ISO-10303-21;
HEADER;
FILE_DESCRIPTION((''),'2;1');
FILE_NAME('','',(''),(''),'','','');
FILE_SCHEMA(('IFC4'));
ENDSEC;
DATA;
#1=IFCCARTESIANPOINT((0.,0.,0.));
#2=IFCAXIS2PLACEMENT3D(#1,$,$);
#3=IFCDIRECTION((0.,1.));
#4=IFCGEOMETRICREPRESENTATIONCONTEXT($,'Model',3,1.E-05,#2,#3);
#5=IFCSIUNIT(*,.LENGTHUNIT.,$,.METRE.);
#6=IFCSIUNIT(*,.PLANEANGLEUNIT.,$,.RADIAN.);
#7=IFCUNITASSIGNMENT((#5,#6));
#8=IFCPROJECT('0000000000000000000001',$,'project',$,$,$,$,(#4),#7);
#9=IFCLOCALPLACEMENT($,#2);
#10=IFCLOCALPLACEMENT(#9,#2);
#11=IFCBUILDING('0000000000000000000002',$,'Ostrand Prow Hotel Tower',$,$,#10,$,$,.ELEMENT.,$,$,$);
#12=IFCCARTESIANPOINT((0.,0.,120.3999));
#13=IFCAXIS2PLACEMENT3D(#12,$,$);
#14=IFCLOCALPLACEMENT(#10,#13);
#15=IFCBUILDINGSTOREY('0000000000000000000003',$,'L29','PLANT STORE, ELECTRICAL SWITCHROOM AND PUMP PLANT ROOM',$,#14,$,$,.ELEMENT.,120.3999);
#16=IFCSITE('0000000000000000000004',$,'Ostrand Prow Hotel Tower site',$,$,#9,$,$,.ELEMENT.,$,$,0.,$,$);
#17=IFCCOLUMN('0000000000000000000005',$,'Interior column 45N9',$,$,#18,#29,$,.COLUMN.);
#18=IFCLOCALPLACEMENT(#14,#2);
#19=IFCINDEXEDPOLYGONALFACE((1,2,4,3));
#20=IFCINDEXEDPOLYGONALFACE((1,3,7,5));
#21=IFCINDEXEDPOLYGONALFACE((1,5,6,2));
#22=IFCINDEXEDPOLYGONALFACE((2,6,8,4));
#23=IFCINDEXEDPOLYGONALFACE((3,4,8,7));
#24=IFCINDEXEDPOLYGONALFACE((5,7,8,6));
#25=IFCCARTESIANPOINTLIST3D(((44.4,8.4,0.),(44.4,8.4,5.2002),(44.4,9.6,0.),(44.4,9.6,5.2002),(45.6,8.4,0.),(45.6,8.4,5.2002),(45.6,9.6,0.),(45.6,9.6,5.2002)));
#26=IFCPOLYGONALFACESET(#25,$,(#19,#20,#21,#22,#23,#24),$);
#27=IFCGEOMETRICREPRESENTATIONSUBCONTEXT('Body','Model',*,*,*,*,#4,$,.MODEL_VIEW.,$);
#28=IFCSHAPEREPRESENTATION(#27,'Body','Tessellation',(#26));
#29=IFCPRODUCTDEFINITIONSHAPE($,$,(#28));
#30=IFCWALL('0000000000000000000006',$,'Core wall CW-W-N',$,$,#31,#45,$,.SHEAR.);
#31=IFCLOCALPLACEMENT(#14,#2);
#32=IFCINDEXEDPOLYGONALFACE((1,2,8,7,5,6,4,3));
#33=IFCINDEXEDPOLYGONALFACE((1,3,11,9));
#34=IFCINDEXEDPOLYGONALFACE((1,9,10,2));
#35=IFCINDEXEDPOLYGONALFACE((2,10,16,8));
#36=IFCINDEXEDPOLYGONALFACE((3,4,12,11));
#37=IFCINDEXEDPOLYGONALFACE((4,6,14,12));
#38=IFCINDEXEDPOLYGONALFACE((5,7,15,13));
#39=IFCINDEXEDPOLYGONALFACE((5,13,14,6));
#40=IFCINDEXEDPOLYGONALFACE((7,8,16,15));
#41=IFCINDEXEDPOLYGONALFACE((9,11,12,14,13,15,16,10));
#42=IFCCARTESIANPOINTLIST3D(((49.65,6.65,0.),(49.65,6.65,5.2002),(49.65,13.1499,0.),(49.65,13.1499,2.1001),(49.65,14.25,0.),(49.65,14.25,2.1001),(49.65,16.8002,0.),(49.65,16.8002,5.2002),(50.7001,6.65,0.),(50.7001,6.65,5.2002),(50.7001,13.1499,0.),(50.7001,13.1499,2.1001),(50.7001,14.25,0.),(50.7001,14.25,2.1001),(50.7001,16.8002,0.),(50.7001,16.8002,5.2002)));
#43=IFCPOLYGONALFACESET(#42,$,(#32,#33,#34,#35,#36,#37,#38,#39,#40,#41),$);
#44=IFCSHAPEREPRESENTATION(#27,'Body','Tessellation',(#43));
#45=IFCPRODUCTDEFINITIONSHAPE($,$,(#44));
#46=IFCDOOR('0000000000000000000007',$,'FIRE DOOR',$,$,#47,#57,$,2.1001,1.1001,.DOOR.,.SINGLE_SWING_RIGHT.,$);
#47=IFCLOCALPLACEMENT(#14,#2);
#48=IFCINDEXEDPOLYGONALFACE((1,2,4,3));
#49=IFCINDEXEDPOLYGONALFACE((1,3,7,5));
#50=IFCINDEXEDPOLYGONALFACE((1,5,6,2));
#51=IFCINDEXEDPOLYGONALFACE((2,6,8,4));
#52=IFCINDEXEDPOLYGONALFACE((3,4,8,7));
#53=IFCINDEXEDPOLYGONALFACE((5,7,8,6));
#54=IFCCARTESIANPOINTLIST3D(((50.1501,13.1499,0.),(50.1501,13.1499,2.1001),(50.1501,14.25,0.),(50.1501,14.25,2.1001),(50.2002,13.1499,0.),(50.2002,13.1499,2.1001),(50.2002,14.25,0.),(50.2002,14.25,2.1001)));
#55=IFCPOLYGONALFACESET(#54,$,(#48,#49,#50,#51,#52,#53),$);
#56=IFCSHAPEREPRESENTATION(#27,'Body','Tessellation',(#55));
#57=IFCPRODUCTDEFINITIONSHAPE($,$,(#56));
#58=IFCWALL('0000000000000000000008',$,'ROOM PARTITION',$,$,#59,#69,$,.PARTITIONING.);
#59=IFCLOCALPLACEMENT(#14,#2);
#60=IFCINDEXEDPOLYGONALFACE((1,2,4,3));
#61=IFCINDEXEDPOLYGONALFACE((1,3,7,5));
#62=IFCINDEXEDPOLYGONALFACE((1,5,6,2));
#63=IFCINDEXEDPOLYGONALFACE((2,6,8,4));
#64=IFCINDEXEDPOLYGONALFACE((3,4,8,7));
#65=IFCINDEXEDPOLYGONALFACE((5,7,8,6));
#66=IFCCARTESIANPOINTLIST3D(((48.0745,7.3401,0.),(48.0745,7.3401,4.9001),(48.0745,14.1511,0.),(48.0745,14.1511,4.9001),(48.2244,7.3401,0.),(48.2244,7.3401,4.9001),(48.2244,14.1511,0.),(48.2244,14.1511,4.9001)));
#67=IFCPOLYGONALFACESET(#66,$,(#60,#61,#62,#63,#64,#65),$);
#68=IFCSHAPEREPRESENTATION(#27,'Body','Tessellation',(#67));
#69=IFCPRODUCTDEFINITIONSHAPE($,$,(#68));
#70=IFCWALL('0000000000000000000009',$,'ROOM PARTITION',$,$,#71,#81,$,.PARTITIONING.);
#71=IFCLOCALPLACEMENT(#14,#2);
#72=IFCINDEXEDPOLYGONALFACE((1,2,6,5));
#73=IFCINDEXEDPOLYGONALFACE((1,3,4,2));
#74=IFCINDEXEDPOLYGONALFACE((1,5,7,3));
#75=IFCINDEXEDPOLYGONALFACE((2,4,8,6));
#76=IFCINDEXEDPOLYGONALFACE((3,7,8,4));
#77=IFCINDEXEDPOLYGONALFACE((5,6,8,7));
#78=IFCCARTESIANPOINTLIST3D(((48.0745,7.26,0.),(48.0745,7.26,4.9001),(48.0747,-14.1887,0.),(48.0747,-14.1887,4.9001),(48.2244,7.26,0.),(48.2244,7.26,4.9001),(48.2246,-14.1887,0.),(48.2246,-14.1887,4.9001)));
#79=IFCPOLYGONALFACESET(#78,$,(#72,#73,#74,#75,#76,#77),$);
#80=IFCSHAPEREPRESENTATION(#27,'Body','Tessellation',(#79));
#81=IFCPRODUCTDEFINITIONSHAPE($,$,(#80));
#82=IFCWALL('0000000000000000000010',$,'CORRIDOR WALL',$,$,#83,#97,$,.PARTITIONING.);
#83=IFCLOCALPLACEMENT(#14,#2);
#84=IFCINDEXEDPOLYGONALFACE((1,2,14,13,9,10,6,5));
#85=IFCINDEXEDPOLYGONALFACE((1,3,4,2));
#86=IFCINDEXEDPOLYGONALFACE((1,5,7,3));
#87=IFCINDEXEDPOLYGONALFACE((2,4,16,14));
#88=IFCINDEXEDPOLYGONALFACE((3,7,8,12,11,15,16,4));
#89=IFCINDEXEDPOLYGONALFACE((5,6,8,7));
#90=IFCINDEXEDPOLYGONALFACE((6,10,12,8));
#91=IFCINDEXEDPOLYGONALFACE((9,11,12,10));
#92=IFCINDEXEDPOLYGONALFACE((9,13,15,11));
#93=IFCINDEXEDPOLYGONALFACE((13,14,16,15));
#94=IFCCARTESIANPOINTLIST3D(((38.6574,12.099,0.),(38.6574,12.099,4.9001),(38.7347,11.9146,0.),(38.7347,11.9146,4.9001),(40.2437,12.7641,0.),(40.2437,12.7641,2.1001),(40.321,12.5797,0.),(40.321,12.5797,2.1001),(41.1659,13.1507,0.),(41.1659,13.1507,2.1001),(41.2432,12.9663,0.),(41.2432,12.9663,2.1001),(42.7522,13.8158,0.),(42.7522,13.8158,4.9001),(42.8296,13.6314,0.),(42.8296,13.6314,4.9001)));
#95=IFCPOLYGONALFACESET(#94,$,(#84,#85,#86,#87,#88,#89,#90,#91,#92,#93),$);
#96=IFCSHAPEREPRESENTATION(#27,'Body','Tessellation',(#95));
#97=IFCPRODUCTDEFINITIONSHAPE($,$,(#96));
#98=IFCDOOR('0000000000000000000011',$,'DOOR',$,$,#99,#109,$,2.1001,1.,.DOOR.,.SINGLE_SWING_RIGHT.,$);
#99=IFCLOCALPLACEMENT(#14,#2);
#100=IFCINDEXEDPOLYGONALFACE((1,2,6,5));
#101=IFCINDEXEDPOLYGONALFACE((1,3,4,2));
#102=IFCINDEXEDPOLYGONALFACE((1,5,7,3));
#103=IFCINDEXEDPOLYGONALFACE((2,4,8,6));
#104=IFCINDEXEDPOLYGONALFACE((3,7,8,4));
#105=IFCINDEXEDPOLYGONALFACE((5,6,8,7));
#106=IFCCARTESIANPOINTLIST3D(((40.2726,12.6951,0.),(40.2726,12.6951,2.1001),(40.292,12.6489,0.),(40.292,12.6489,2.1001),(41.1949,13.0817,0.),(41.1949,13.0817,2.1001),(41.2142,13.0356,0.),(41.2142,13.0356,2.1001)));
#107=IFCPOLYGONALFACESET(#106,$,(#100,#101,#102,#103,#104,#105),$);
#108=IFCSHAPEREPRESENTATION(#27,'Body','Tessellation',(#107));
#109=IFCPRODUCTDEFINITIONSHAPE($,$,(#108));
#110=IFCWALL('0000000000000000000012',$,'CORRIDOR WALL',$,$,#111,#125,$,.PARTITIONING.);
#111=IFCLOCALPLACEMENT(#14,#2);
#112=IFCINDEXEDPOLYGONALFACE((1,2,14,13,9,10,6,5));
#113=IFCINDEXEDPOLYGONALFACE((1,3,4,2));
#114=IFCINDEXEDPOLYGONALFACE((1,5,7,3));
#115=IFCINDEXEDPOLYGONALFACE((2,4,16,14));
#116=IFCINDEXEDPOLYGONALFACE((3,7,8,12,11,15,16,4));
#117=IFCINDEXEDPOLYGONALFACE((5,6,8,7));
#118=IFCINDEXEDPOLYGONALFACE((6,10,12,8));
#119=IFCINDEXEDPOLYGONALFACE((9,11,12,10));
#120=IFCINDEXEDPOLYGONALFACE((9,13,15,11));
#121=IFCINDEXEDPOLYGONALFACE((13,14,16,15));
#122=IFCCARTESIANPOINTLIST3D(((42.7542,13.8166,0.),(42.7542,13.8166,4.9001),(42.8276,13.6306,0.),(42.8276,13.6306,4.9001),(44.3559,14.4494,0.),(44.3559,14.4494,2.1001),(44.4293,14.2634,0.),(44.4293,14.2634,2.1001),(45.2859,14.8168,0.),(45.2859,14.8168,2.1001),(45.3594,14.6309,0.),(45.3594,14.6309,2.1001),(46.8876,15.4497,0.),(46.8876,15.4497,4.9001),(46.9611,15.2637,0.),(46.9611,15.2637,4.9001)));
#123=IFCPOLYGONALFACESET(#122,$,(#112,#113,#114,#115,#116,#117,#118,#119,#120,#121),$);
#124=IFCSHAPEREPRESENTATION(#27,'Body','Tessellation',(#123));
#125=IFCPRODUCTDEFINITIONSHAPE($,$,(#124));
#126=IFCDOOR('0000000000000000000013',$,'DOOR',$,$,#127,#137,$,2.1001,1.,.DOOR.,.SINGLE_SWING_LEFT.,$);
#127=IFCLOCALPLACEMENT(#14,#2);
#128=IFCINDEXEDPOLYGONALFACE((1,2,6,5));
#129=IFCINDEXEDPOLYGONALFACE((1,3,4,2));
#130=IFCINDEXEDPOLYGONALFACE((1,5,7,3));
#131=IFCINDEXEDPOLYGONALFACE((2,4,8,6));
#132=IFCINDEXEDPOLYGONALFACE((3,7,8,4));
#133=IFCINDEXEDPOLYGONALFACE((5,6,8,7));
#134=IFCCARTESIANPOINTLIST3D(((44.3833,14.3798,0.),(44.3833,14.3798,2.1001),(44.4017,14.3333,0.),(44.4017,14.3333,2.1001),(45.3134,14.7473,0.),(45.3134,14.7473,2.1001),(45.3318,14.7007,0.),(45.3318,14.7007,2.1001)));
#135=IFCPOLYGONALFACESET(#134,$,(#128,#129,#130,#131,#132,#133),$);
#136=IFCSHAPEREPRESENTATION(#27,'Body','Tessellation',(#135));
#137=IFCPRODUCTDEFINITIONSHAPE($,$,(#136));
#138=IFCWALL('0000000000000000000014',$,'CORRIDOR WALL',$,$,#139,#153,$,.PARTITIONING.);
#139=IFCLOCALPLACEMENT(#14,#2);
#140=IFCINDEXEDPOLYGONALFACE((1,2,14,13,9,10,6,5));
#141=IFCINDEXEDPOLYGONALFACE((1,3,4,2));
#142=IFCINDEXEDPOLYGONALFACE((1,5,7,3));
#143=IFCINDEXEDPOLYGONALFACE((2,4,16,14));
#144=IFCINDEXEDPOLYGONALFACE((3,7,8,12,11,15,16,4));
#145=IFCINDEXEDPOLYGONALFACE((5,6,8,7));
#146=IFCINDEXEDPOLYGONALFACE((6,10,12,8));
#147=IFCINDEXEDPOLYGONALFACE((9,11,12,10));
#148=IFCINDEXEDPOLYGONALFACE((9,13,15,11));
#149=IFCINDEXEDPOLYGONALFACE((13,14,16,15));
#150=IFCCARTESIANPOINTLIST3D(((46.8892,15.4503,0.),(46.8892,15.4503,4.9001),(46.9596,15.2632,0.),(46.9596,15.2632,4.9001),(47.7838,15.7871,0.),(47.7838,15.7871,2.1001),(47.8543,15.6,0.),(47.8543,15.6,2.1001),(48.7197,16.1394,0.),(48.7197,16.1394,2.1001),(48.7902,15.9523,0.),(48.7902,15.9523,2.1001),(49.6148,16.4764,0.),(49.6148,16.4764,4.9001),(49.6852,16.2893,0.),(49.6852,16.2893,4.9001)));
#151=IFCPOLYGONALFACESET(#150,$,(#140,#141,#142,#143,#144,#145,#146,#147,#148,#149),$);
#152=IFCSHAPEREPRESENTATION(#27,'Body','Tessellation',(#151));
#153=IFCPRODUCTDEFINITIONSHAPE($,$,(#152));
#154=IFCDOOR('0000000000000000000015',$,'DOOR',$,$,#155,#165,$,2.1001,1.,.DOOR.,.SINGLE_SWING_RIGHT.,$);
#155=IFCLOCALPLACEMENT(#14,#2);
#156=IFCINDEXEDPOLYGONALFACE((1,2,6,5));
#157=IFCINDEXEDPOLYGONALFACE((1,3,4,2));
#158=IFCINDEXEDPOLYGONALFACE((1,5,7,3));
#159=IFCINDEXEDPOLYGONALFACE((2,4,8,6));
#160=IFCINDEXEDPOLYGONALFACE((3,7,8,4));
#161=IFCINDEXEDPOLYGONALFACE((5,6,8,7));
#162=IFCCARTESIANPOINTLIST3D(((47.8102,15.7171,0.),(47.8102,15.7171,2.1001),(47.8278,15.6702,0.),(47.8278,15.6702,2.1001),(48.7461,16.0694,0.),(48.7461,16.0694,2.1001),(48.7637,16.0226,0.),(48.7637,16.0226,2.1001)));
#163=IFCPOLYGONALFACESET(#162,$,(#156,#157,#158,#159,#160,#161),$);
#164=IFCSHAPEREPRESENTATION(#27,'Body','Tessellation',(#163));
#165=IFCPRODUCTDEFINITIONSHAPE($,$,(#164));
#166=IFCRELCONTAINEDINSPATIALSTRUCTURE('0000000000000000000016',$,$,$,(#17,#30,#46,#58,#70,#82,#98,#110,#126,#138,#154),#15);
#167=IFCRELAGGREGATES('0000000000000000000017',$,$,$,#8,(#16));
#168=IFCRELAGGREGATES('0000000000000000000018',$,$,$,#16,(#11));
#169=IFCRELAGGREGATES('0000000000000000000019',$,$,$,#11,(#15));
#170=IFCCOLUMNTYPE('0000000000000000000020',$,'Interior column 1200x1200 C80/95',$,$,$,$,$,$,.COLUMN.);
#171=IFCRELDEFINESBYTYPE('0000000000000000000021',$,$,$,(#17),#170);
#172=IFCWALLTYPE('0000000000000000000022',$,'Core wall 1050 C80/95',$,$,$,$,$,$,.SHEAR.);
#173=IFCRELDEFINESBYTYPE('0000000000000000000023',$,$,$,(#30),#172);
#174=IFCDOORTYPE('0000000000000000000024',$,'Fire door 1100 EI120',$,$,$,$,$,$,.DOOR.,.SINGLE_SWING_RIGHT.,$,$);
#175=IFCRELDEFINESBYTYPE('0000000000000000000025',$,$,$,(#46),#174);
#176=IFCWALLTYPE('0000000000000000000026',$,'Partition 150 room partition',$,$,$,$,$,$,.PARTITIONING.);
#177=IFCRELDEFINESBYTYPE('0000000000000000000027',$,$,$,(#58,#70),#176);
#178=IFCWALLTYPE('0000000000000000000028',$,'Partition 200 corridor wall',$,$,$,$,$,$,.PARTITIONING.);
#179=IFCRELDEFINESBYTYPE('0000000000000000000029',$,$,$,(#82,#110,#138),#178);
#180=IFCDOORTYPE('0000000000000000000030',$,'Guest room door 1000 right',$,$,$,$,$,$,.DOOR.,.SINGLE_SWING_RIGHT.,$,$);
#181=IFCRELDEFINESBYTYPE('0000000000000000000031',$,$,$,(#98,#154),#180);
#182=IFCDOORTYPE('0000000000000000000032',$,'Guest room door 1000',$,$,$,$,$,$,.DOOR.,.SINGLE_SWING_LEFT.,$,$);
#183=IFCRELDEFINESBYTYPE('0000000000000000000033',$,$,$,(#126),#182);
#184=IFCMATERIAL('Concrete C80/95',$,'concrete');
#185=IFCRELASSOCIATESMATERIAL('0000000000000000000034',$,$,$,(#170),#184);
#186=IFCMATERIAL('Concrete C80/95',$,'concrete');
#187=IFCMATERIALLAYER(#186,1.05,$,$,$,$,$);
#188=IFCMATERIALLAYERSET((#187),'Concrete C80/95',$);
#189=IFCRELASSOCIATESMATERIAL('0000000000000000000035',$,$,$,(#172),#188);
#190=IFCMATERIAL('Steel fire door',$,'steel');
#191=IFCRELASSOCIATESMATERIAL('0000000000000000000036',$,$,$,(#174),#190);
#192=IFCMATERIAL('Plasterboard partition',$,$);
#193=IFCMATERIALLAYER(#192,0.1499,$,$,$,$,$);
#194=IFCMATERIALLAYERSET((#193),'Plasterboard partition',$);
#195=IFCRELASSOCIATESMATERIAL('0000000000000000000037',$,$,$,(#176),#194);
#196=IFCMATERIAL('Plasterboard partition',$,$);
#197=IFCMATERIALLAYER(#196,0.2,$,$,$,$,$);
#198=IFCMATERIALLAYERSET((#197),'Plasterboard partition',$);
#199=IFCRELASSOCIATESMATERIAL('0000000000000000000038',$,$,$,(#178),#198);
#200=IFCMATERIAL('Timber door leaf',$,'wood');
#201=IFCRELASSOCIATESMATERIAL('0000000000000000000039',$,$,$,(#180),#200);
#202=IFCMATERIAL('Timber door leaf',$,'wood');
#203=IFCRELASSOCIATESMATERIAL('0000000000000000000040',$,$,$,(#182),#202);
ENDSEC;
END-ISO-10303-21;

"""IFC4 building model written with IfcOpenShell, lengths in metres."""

from ifc_helpers import new_model, si_unit, direction, frame, frame_2d, origin, origin_2d, place, context, subcontext, project, spatial, rectangle, extrude, material, layer, layer_set, material_profile, profile_set, type_object, element, fill, save


model = new_model("IFC4")

# Units and contexts
model_context = context("Model", 3, precision=1e-05, world=origin(), true_north=direction((0.0, 1.0)))
body_context = subcontext(model_context, "Body", "Model", "MODEL_VIEW")
ifc_project = project(units=[si_unit("LENGTHUNIT", "METRE"), si_unit("PLANEANGLEUNIT", "RADIAN")], contexts=[model_context])

# Site, building, storey
site_placement = place(None, origin())
site = spatial("IfcSite", under=ifc_project, at=site_placement, Name="Ostrand Prow Hotel Tower site", CompositionType="ELEMENT", RefElevation=0.0)
building_placement = place(site_placement, origin())
building = spatial("IfcBuilding", under=site, at=building_placement, Name="Ostrand Prow Hotel Tower", CompositionType="ELEMENT")
storey_placement = place(building_placement, frame((0.0, 0.0, 120.3999)))
storey = spatial("IfcBuildingStorey", under=building, at=storey_placement, Name="L29", Description="PLANT STORE, ELECTRICAL SWITCHROOM AND PUMP PLANT ROOM", CompositionType="ELEMENT", Elevation=120.3999)

# Column
ifc_material_1 = material(Name="Concrete C80/95", Category="concrete")
ifc_material_profile_1 = material_profile(ifc_material_1, rectangle(XDim=1.2, YDim=1.2, at=origin_2d()), Name="RC 1200x1200")
ifc_profile_set_1 = profile_set([ifc_material_profile_1], Name="Concrete C80/95")
column_type = type_object("IfcColumnType", Name="Interior column 1200x1200 C80/95", PredefinedType="COLUMN", material=ifc_profile_set_1)
column_placement = place(storey_placement, frame((45.0, 9.0, 0.0), z_axis=(0.0, 0.0, 1.0), x_axis=(1.0, 0.0, 0.0)))
element("IfcColumn", 1, at=column_placement, inside=storey, type_object=column_type, Name="Interior column 45N9", PredefinedType="COLUMN", context=body_context, shape_type="SweptSolid", body=[
    extrude(rectangle(XDim=1.2, YDim=1.2, at=origin_2d()), origin(), (0.0, 0.0, 1.0), 5.2002),
])

# Wall, opening, door
ifc_material_2 = material(Name="Concrete C80/95", Category="concrete")
ifc_layer_1 = layer(ifc_material_2, 1.05)
ifc_layer_set_1 = layer_set([ifc_layer_1], Name="Concrete C80/95")
wall_type_1 = type_object("IfcWallType", Name="Core wall 1050 C80/95", PredefinedType="SHEAR", material=ifc_layer_set_1)
wall_1_placement = place(storey_placement, frame((50.175, 6.6499, 0.0), z_axis=(0.0, 0.0, 1.0), x_axis=(0.0, 1.0, 0.0)))
wall_1 = element("IfcWall", 2, at=wall_1_placement, inside=storey, type_object=wall_type_1, Name="Core wall CW-W-N", PredefinedType="SHEAR", context=body_context, shape_type="SweptSolid", body=[
    extrude(rectangle(XDim=10.1501, YDim=1.05, at=frame_2d((5.0752, 0.0))), origin(), (0.0, 0.0, 1.0), 5.2002),
])
opening_1_placement = place(wall_1_placement, frame((6.5, 0.0, 0.0)))
opening_1 = element("IfcOpeningElement", 3, at=opening_1_placement, cuts=wall_1, PredefinedType="OPENING", context=body_context, shape_type="SweptSolid", body=[
    extrude(rectangle(XDim=1.1001, YDim=2.1001, at=frame_2d((0.55, 1.05))), frame((0.0, 0.5349, 0.0), z_axis=(0.0, -1.0, 0.0), x_axis=(1.0, 0.0, 0.0)), (0.0, 0.0, 1.0), 1.0701),
])
ifc_material_3 = material(Name="Steel fire door", Category="steel")
door_type_1 = type_object("IfcDoorType", Name="Fire door 1100 EI120", OperationType="SINGLE_SWING_RIGHT", PredefinedType="DOOR", material=ifc_material_3)
door_1_placement = place(opening_1_placement, origin())
door_1 = element("IfcDoor", 4, at=door_1_placement, inside=storey, type_object=door_type_1, Name="FIRE DOOR", OperationType="SINGLE_SWING_RIGHT", OverallHeight=2.1001, OverallWidth=1.1001, PredefinedType="DOOR", context=body_context, shape_type="SweptSolid", body=[
    extrude(rectangle(XDim=1.1001, YDim=2.1001, at=frame_2d((0.55, 1.05))), frame((0.0, 0.0249, 0.0), z_axis=(0.0, -1.0, 0.0), x_axis=(1.0, 0.0, 0.0)), (0.0, 0.0, 1.0), 0.05),
])
fill(opening_1, door_1)

# Walls
ifc_material_4 = material(Name="Plasterboard partition")
ifc_layer_2 = layer(ifc_material_4, 0.1499)
ifc_layer_set_2 = layer_set([ifc_layer_2], Name="Plasterboard partition")
wall_type_2 = type_object("IfcWallType", Name="Partition 150 room partition", PredefinedType="PARTITIONING", material=ifc_layer_set_2)
wall_2_placement = place(storey_placement, frame((48.1494, 14.1511, 0.0), z_axis=(0.0, 0.0, 1.0), x_axis=(0.0, -1.0, 0.0)))
element("IfcWall", 5, at=wall_2_placement, inside=storey, type_object=wall_type_2, Name="ROOM PARTITION", PredefinedType="PARTITIONING", context=body_context, shape_type="SweptSolid", body=[
    extrude(rectangle(XDim=6.811, YDim=0.1499, at=frame_2d((3.4055, 0.0))), origin(), (0.0, 0.0, 1.0), 4.9001),
])
wall_3_placement = place(storey_placement, frame((48.1494, 7.26, 0.0), z_axis=(0.0, 0.0, 1.0), x_axis=(0.000011, -1.0, 0.0)))
element("IfcWall", 6, at=wall_3_placement, inside=storey, type_object=wall_type_2, Name="ROOM PARTITION", PredefinedType="PARTITIONING", context=body_context, shape_type="SweptSolid", body=[
    extrude(rectangle(XDim=21.4487, YDim=0.1499, at=frame_2d((10.7244, 0.0))), origin(), (0.0, 0.0, 1.0), 4.9001),
])

# Walls, openings, doors
ifc_material_5 = material(Name="Plasterboard partition")
ifc_layer_3 = layer(ifc_material_5, 0.2)
ifc_layer_set_3 = layer_set([ifc_layer_3], Name="Plasterboard partition")
wall_type_3 = type_object("IfcWallType", Name="Partition 200 corridor wall", PredefinedType="PARTITIONING", material=ifc_layer_set_3)
wall_4_placement = place(storey_placement, frame((42.791, 13.7236, 0.0), z_axis=(0.0, 0.0, 1.0), x_axis=(-0.92223, -0.386641, 0.0)))
wall_4 = element("IfcWall", 7, at=wall_4_placement, inside=storey, type_object=wall_type_3, Name="CORRIDOR WALL", PredefinedType="PARTITIONING", context=body_context, shape_type="SweptSolid", body=[
    extrude(rectangle(XDim=4.4402, YDim=0.2, at=frame_2d((2.2202, 0.0))), origin(), (0.0, 0.0, 1.0), 4.9001),
])
opening_2_placement = place(wall_4_placement, frame((1.7202, 0.0, 0.0)))
opening_2 = element("IfcOpeningElement", 8, at=opening_2_placement, cuts=wall_4, PredefinedType="OPENING", context=body_context, shape_type="SweptSolid", body=[
    extrude(rectangle(XDim=1.0, YDim=2.1001, at=frame_2d((0.5, 1.05))), frame((0.0, 0.1099, 0.0), z_axis=(0.0, -1.0, 0.0), x_axis=(1.0, 0.0, 0.0)), (0.0, 0.0, 1.0), 0.22),
])
ifc_material_6 = material(Name="Timber door leaf", Category="wood")
door_type_2 = type_object("IfcDoorType", Name="Guest room door 1000 right", OperationType="SINGLE_SWING_RIGHT", PredefinedType="DOOR", material=ifc_material_6)
door_2_placement = place(opening_2_placement, origin())
door_2 = element("IfcDoor", 9, at=door_2_placement, inside=storey, type_object=door_type_2, Name="DOOR", OperationType="SINGLE_SWING_RIGHT", OverallHeight=2.1001, OverallWidth=1.0, PredefinedType="DOOR", context=body_context, shape_type="SweptSolid", body=[
    extrude(rectangle(XDim=1.0, YDim=2.1001, at=frame_2d((0.5, 1.05))), frame((0.0, 0.0249, 0.0), z_axis=(0.0, -1.0, 0.0), x_axis=(1.0, 0.0, 0.0)), (0.0, 0.0, 1.0), 0.05),
])
fill(opening_2, door_2)
wall_5_placement = place(storey_placement, frame((46.9243, 15.3567, 0.0), z_axis=(0.0, 0.0, 1.0), x_axis=(-0.930041, -0.367457, 0.0)))
wall_5 = element("IfcWall", 10, at=wall_5_placement, inside=storey, type_object=wall_type_3, Name="CORRIDOR WALL", PredefinedType="PARTITIONING", context=body_context, shape_type="SweptSolid", body=[
    extrude(rectangle(XDim=4.4443, YDim=0.2, at=frame_2d((2.2222, 0.0))), origin(), (0.0, 0.0, 1.0), 4.9001),
])
opening_3_placement = place(wall_5_placement, frame((1.7222, 0.0, 0.0)))
opening_3 = element("IfcOpeningElement", 11, at=opening_3_placement, cuts=wall_5, PredefinedType="OPENING", context=body_context, shape_type="SweptSolid", body=[
    extrude(rectangle(XDim=1.0, YDim=2.1001, at=frame_2d((0.5, 1.05))), frame((0.0, 0.1099, 0.0), z_axis=(0.0, -1.0, 0.0), x_axis=(1.0, 0.0, 0.0)), (0.0, 0.0, 1.0), 0.22),
])
ifc_material_7 = material(Name="Timber door leaf", Category="wood")
door_type_3 = type_object("IfcDoorType", Name="Guest room door 1000", OperationType="SINGLE_SWING_LEFT", PredefinedType="DOOR", material=ifc_material_7)
door_3_placement = place(opening_3_placement, origin())
door_3 = element("IfcDoor", 12, at=door_3_placement, inside=storey, type_object=door_type_3, Name="DOOR", OperationType="SINGLE_SWING_LEFT", OverallHeight=2.1001, OverallWidth=1.0, PredefinedType="DOOR", context=body_context, shape_type="SweptSolid", body=[
    extrude(rectangle(XDim=1.0, YDim=2.1001, at=frame_2d((0.5, 1.05))), frame((0.0, 0.0249, 0.0), z_axis=(0.0, -1.0, 0.0), x_axis=(1.0, 0.0, 0.0)), (0.0, 0.0, 1.0), 0.05),
])
fill(opening_3, door_3)
wall_6_placement = place(storey_placement, frame((49.6499, 16.3828, 0.0), z_axis=(0.0, 0.0, 1.0), x_axis=(-0.935874, -0.352336, 0.0)))
wall_6 = element("IfcWall", 13, at=wall_6_placement, inside=storey, type_object=wall_type_3, Name="CORRIDOR WALL", PredefinedType="PARTITIONING", context=body_context, shape_type="SweptSolid", body=[
    extrude(rectangle(XDim=2.9124, YDim=0.2, at=frame_2d((1.4561, 0.0))), origin(), (0.0, 0.0, 1.0), 4.9001),
])
opening_4_placement = place(wall_6_placement, frame((0.9563, 0.0, 0.0)))
opening_4 = element("IfcOpeningElement", 14, at=opening_4_placement, cuts=wall_6, PredefinedType="OPENING", context=body_context, shape_type="SweptSolid", body=[
    extrude(rectangle(XDim=1.0, YDim=2.1001, at=frame_2d((0.5, 1.05))), frame((0.0, 0.1099, 0.0), z_axis=(0.0, -1.0, 0.0), x_axis=(1.0, 0.0, 0.0)), (0.0, 0.0, 1.0), 0.22),
])
door_4_placement = place(opening_4_placement, origin())
door_4 = element("IfcDoor", 15, at=door_4_placement, inside=storey, type_object=door_type_2, Name="DOOR", OperationType="SINGLE_SWING_RIGHT", OverallHeight=2.1001, OverallWidth=1.0, PredefinedType="DOOR", context=body_context, shape_type="SweptSolid", body=[
    extrude(rectangle(XDim=1.0, YDim=2.1001, at=frame_2d((0.5, 1.05))), frame((0.0, 0.0249, 0.0), z_axis=(0.0, -1.0, 0.0), x_axis=(1.0, 0.0, 0.0)), (0.0, 0.0, 1.0), 0.05),
])
fill(opening_4, door_4)

save(model, "model.ifc")
